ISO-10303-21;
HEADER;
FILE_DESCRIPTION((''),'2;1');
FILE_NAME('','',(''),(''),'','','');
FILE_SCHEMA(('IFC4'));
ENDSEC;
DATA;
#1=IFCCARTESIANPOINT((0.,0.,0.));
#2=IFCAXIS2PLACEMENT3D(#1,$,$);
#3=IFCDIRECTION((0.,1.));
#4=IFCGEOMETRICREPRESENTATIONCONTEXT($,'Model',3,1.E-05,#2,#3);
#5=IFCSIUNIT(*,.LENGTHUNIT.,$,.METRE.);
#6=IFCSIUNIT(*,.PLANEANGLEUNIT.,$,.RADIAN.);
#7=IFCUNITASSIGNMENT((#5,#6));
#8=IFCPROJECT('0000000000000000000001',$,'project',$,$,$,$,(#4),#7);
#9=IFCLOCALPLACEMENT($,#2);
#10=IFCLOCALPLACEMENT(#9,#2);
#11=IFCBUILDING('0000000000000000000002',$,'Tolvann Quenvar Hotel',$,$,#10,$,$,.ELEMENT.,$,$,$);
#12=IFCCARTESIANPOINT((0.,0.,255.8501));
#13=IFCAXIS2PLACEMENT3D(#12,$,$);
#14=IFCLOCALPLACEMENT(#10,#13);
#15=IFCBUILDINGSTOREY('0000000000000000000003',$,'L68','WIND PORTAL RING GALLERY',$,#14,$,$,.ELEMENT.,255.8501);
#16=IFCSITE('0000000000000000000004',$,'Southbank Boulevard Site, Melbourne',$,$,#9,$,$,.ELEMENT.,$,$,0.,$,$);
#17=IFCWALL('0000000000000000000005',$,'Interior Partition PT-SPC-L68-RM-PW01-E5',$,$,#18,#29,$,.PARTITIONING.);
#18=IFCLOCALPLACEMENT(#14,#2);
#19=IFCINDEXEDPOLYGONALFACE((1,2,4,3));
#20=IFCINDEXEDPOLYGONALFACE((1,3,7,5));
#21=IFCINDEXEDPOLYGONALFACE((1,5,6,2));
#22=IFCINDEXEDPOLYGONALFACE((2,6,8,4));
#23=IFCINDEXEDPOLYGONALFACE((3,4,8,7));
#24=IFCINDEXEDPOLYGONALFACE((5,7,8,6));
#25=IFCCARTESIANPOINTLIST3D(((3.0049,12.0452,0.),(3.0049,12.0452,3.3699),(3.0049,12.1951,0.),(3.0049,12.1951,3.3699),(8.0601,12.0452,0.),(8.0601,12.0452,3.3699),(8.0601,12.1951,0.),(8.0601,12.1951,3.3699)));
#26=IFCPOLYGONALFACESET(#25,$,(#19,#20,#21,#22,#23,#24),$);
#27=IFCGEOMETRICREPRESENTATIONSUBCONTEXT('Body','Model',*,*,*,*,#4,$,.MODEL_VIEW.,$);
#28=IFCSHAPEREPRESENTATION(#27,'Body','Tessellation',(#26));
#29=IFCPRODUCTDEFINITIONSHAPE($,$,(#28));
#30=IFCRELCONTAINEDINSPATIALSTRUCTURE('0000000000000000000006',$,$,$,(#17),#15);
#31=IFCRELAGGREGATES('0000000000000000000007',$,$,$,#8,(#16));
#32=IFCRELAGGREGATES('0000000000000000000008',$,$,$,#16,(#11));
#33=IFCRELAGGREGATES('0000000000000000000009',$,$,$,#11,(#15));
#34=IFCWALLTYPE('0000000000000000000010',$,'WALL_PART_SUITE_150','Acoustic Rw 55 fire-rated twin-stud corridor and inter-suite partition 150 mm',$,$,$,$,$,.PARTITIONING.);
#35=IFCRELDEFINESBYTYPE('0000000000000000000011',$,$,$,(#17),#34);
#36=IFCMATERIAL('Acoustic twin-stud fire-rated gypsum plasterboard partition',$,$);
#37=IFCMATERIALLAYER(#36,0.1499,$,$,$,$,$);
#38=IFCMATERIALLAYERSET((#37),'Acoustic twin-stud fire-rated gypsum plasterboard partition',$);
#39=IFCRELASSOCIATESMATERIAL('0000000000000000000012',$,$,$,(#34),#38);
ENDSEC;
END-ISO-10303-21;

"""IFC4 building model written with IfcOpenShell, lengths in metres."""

from ifc_helpers import new_model, si_unit, direction, frame, frame_2d, origin, place, context, subcontext, project, spatial, rectangle, extrude, material, layer, layer_set, type_object, element, save


model = new_model("IFC4")

# Units and contexts
model_context = context("Model", 3, precision=1e-05, world=origin(), true_north=direction((0.0, 1.0)))
body_context = subcontext(model_context, "Body", "Model", "MODEL_VIEW")
ifc_project = project(units=[si_unit("LENGTHUNIT", "METRE"), si_unit("PLANEANGLEUNIT", "RADIAN")], contexts=[model_context])

# Site, building, storey
site_placement = place(None, origin())
site = spatial("IfcSite", under=ifc_project, at=site_placement, Name="Southbank Boulevard Site, Melbourne", CompositionType="ELEMENT", RefElevation=0.0)
building_placement = place(site_placement, origin())
building = spatial("IfcBuilding", under=site, at=building_placement, Name="Tolvann Quenvar Hotel", CompositionType="ELEMENT")
storey_placement = place(building_placement, frame((0.0, 0.0, 255.8501)))
storey = spatial("IfcBuildingStorey", under=building, at=storey_placement, Name="L68", Description="WIND PORTAL RING GALLERY", CompositionType="ELEMENT", Elevation=255.8501)

# Shared definitions
ifc_material_1 = material(Name="Acoustic twin-stud fire-rated gypsum plasterboard partition")
ifc_layer_1 = layer(ifc_material_1, 0.1499)
ifc_layer_set_1 = layer_set([ifc_layer_1], Name="Acoustic twin-stud fire-rated gypsum plasterboard partition")
wall_type_1 = type_object("IfcWallType", Name="WALL_PART_SUITE_150", Description="Acoustic Rw 55 fire-rated twin-stud corridor and inter-suite partition 150 mm", PredefinedType="PARTITIONING", material=ifc_layer_set_1)

# Wall
wall_1_placement = place(storey_placement, frame((3.0049, 12.1201, 0.0), z_axis=(0.0, 0.0, 1.0), x_axis=(1.0, 0.0, 0.0)))
element("IfcWall", 1, at=wall_1_placement, inside=storey, type_object=wall_type_1, Name="Interior Partition PT-SPC-L68-RM-PW01-E5", PredefinedType="PARTITIONING", context=body_context, shape_type="SweptSolid", body=[
    extrude(rectangle(XDim=5.0552, YDim=0.1499, at=frame_2d((2.5276, 0.0))), origin(), (0.0, 0.0, 1.0), 3.3699),
])

save(model, "model.ifc")
